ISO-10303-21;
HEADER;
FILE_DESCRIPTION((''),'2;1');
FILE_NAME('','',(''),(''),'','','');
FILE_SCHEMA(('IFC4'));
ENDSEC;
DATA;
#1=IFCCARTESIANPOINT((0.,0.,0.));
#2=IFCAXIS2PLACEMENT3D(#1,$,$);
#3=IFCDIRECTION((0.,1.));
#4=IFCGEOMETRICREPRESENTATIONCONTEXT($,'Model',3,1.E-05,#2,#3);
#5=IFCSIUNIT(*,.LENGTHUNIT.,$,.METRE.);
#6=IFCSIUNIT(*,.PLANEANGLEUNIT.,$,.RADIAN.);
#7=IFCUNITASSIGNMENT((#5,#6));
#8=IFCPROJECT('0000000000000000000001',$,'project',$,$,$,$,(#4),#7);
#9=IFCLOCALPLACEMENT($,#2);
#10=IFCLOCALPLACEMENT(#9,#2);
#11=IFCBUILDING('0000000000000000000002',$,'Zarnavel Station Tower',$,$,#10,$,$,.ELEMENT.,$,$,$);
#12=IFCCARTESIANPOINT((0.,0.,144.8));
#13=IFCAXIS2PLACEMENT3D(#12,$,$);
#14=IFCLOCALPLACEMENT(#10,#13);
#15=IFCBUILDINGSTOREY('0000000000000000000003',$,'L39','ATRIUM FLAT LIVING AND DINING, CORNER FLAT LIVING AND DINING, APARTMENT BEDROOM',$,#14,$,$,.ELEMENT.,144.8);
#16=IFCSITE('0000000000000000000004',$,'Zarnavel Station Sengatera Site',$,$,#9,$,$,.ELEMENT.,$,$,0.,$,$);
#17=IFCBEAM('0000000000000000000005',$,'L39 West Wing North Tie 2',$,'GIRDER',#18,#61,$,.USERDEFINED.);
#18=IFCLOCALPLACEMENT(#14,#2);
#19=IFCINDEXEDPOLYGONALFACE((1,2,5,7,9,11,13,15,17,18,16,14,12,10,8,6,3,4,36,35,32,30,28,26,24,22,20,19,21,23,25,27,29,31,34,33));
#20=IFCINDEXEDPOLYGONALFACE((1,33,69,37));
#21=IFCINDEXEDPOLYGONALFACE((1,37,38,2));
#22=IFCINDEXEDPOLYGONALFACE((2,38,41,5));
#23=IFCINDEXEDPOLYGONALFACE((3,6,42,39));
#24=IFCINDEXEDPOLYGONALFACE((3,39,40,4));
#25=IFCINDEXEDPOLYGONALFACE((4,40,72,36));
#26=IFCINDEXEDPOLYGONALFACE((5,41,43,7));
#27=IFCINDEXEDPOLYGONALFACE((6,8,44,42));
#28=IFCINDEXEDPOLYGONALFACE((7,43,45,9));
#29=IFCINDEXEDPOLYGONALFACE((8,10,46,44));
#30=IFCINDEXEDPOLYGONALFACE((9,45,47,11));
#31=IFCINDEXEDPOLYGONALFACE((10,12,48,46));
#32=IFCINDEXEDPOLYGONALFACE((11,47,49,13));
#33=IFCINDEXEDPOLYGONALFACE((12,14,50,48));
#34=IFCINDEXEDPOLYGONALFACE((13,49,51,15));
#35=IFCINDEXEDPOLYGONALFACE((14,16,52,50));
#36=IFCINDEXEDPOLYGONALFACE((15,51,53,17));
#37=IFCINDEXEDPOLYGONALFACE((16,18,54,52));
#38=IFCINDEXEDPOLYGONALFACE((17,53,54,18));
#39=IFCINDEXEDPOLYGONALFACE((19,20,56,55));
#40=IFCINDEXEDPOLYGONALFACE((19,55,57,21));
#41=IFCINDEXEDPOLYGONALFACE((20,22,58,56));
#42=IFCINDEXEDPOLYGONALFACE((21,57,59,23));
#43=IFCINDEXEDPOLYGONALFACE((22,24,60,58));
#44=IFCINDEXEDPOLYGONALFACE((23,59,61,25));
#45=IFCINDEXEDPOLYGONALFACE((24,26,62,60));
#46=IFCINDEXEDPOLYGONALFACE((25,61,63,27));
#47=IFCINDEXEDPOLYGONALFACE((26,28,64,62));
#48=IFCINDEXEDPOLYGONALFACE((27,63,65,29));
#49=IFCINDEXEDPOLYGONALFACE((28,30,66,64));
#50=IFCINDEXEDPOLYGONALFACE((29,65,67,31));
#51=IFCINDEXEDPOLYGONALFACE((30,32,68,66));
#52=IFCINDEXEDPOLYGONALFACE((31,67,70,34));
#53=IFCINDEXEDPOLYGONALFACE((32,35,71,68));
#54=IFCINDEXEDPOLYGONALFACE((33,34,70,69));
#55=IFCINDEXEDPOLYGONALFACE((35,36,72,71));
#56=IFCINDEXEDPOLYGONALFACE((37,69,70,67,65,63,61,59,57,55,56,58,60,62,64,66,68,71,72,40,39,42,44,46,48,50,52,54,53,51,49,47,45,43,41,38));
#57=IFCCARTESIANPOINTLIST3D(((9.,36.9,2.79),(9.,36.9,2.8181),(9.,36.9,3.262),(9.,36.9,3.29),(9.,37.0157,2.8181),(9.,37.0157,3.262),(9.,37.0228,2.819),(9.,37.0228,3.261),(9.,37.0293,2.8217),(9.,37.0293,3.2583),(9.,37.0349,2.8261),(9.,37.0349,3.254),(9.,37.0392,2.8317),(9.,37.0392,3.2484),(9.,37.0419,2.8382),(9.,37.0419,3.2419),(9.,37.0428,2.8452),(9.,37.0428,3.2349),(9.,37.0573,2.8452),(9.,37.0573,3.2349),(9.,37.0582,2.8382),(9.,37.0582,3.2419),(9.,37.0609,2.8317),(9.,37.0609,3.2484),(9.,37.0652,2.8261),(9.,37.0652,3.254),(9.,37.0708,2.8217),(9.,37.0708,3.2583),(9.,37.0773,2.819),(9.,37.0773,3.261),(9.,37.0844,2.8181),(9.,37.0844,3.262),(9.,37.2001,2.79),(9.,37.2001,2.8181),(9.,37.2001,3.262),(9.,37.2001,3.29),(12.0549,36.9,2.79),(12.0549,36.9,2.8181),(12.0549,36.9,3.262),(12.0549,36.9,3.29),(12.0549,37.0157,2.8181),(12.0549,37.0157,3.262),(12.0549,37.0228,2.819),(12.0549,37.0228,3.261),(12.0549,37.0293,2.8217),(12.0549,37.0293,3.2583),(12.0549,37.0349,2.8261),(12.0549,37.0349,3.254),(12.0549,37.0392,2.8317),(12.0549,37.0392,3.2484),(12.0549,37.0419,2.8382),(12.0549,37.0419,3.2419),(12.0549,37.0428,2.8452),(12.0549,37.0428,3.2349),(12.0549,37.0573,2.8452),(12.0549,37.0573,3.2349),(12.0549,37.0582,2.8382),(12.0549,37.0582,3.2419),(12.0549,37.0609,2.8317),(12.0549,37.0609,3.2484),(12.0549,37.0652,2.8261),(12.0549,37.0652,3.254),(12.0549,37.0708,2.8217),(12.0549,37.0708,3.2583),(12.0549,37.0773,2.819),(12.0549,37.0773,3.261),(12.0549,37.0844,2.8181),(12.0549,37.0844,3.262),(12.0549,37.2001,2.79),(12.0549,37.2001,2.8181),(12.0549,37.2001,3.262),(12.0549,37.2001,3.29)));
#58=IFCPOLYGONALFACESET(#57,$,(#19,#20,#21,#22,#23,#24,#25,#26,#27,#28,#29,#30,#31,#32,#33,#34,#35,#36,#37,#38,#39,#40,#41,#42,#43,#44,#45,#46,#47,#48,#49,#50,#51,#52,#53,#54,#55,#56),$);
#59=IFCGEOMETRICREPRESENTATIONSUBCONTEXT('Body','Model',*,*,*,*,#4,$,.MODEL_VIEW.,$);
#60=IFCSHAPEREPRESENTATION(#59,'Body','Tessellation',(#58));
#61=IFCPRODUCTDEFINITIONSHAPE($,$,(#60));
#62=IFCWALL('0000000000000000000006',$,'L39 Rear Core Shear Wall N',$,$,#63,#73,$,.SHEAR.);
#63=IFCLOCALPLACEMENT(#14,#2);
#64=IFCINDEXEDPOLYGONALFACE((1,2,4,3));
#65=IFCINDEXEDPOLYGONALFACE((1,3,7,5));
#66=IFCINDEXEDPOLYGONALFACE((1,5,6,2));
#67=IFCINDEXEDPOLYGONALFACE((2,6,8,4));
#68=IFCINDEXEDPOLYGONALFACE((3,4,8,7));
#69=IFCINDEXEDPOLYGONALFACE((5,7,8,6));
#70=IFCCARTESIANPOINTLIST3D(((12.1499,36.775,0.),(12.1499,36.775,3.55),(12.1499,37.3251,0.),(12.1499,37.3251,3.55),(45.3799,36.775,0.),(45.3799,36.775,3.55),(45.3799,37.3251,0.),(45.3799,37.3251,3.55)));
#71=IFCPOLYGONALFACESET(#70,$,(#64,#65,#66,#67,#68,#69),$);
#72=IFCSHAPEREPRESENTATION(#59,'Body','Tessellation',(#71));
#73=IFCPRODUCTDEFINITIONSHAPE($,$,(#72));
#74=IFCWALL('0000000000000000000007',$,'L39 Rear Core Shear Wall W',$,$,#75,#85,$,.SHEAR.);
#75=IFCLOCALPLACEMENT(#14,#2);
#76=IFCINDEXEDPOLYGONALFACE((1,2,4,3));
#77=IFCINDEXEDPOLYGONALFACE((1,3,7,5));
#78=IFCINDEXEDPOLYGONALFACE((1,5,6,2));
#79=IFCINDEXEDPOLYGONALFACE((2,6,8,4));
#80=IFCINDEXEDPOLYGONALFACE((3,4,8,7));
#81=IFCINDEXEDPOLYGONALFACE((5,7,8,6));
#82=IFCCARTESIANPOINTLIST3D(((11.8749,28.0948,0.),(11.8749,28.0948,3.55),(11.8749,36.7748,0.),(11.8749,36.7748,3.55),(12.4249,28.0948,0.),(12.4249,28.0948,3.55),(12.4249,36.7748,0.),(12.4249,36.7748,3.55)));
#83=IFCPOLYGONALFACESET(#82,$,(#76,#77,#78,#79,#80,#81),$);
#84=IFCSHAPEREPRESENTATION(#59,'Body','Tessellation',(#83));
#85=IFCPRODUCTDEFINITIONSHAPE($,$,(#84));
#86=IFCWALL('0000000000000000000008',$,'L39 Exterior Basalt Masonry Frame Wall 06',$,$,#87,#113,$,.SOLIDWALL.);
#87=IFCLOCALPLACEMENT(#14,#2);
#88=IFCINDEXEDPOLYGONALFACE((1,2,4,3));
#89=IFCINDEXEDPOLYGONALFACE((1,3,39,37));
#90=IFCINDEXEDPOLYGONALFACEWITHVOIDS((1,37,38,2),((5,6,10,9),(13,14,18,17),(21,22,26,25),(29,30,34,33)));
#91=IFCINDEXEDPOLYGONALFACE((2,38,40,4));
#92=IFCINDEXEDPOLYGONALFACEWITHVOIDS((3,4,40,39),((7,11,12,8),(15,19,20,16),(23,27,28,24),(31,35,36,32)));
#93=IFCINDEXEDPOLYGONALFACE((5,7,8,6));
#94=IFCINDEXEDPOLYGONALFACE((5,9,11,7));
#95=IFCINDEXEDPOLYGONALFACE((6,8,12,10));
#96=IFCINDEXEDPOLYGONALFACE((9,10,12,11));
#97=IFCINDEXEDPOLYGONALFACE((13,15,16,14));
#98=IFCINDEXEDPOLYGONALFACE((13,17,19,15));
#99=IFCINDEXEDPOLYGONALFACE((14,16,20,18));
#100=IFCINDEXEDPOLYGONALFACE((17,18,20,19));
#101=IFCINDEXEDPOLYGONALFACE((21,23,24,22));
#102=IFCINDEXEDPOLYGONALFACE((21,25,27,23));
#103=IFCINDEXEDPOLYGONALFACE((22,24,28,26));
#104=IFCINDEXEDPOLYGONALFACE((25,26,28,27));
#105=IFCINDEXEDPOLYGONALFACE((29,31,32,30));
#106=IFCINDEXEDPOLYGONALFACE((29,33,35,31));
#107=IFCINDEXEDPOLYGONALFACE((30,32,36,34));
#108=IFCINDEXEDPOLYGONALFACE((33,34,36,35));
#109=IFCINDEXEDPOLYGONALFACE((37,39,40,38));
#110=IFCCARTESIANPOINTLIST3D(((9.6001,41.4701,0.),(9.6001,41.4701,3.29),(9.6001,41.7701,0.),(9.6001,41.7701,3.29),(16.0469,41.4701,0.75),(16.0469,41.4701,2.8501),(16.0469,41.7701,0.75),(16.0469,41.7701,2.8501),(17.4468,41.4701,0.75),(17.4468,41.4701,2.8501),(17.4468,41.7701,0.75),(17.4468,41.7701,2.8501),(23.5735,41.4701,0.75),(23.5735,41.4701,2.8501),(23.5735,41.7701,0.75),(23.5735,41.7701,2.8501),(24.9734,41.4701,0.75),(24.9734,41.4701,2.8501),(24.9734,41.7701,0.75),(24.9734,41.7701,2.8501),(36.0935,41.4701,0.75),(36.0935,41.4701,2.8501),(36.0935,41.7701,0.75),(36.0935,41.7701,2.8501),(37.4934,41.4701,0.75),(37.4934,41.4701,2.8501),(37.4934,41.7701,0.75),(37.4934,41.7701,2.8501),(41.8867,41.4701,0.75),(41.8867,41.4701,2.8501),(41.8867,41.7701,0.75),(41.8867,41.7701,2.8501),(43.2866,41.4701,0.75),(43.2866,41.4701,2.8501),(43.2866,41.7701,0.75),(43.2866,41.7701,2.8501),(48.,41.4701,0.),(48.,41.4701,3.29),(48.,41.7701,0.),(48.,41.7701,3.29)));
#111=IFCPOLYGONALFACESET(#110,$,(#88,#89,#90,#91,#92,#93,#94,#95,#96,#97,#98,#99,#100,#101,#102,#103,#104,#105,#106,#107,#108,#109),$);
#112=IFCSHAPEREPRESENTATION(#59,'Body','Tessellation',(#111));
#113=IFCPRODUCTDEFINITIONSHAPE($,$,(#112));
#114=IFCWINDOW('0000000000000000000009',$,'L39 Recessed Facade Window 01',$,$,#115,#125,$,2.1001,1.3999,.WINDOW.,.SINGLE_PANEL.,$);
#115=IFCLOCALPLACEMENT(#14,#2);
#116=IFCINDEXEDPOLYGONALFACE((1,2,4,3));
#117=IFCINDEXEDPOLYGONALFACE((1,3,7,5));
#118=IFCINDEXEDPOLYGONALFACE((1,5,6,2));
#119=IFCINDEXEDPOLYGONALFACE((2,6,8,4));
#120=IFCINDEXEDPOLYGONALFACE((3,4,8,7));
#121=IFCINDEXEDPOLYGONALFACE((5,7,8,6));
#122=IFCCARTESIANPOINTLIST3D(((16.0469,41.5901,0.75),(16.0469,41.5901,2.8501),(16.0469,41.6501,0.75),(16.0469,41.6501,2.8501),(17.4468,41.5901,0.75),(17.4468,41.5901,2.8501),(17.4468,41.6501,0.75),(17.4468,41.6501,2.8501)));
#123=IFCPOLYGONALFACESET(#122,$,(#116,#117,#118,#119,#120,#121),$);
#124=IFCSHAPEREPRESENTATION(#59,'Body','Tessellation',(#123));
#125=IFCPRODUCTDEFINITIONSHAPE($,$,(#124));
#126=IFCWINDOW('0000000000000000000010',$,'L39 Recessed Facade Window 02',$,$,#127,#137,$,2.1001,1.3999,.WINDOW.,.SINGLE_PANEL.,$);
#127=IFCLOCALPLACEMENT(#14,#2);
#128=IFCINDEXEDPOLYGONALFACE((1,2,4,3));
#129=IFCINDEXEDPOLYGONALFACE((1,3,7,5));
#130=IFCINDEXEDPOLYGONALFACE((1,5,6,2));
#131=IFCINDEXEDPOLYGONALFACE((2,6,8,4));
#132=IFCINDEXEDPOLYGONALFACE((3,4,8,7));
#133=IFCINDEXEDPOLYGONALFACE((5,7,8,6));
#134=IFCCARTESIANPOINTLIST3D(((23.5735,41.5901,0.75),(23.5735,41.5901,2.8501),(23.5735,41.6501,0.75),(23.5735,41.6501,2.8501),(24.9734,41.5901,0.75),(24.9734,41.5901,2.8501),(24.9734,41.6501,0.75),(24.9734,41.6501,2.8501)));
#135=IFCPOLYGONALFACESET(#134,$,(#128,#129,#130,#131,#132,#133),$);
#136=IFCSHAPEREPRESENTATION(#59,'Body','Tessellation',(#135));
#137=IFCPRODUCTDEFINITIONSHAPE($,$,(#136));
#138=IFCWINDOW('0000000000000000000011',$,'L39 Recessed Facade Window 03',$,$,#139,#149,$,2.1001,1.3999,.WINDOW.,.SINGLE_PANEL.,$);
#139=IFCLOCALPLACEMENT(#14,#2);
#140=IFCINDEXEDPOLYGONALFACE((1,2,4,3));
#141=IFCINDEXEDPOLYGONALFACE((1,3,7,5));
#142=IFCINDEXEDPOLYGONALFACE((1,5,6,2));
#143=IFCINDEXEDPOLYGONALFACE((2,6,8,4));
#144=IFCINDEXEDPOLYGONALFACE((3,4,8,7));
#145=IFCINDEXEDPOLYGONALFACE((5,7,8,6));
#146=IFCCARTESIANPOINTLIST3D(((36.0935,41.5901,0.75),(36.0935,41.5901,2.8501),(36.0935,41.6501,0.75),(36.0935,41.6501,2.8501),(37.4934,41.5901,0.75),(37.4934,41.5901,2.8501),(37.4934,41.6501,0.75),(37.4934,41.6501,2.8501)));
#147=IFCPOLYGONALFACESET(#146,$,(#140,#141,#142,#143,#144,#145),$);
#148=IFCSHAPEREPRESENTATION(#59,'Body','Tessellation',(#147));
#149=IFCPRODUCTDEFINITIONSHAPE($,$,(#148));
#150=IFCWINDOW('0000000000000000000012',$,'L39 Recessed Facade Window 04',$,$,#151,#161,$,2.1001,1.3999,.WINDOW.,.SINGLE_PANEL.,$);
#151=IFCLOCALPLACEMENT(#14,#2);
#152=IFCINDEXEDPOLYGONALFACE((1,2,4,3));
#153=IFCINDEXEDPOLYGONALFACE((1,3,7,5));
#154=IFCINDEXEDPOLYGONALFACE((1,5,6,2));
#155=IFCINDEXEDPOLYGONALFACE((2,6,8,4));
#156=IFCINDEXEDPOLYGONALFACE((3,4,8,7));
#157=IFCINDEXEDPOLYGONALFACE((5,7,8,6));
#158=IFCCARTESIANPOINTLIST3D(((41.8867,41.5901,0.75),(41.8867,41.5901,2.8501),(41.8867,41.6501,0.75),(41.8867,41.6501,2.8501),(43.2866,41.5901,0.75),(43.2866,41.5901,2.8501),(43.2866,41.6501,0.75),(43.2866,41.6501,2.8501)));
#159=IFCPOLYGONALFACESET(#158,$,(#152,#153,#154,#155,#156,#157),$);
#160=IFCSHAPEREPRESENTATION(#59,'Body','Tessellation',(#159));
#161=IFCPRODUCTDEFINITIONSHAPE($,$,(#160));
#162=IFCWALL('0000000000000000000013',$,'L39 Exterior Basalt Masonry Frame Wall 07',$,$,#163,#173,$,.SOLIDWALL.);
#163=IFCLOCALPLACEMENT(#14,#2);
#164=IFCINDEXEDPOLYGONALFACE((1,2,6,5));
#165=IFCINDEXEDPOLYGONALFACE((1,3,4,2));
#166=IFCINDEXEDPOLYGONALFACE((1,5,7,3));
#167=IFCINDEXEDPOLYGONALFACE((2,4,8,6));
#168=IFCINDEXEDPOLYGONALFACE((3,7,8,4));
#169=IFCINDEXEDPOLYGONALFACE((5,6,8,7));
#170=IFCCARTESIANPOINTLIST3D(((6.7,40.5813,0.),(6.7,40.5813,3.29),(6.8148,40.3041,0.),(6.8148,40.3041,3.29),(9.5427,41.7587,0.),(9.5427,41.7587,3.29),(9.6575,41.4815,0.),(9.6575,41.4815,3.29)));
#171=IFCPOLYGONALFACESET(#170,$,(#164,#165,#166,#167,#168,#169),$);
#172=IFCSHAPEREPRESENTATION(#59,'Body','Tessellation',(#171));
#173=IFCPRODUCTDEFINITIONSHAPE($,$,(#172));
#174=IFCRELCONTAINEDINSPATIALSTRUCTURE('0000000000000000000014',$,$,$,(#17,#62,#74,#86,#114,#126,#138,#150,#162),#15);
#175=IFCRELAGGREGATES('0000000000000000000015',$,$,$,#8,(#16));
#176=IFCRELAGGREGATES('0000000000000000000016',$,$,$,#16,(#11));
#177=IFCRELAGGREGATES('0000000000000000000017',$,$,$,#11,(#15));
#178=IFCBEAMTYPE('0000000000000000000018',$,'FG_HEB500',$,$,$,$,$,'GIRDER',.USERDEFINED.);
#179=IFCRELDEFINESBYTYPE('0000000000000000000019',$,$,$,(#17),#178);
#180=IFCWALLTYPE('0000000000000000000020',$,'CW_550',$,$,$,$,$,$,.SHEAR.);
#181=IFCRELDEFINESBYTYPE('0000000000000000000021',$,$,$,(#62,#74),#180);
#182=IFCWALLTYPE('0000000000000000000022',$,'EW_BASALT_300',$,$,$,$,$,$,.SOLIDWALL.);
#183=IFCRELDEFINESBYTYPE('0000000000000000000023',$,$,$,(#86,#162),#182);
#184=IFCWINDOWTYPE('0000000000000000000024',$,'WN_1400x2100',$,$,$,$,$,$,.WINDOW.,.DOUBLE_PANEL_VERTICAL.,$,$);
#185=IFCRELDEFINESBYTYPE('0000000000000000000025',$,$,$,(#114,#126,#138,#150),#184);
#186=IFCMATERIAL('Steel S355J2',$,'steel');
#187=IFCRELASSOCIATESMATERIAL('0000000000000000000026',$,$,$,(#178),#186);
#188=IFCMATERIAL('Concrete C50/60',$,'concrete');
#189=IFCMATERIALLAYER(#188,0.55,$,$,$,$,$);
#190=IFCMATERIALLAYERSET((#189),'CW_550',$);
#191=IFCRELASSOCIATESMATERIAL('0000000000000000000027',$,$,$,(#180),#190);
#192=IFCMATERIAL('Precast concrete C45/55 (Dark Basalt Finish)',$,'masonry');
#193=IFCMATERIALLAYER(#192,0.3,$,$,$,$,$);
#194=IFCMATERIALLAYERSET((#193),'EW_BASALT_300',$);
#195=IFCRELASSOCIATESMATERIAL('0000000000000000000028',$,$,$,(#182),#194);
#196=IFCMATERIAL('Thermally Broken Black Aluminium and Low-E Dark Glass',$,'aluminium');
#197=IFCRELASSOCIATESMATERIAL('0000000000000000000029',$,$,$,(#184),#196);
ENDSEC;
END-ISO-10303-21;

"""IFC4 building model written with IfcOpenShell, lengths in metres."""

from ifc_helpers import new_model, si_unit, direction, frame, frame_2d, origin, origin_2d, place, context, subcontext, project, spatial, rectangle, i_section, extrude, material, layer, layer_set, material_profile, profile_set, type_object, element, fill, save


model = new_model("IFC4")

# Units and contexts
model_context = context("Model", 3, precision=1e-05, world=origin(), true_north=direction((0.0, 1.0)))
body_context = subcontext(model_context, "Body", "Model", "MODEL_VIEW")
ifc_project = project(units=[si_unit("LENGTHUNIT", "METRE"), si_unit("PLANEANGLEUNIT", "RADIAN")], contexts=[model_context])

# Site, building, storey
site_placement = place(None, origin())
site = spatial("IfcSite", under=ifc_project, at=site_placement, Name="Zarnavel Station Sengatera Site", CompositionType="ELEMENT", RefElevation=0.0)
building_placement = place(site_placement, origin())
building = spatial("IfcBuilding", under=site, at=building_placement, Name="Zarnavel Station Tower", CompositionType="ELEMENT")
storey_placement = place(building_placement, frame((0.0, 0.0, 144.8)))
storey = spatial("IfcBuildingStorey", under=building, at=storey_placement, Name="L39", Description="ATRIUM FLAT LIVING AND DINING, CORNER FLAT LIVING AND DINING, APARTMENT BEDROOM", CompositionType="ELEMENT", Elevation=144.8)

# Beam
ifc_material_1 = material(Name="Steel S355J2", Category="steel")
ifc_material_profile_1 = material_profile(ifc_material_1, i_section(OverallWidth=0.3, OverallDepth=0.5, WebThickness=0.0144, FlangeThickness=0.0281, FilletRadius=0.0271, at=origin_2d()), Name="HEB500")
ifc_profile_set_1 = profile_set([ifc_material_profile_1], Name="Steel S355J2")
beam_type = type_object("IfcBeamType", Name="FG_HEB500", ElementType="GIRDER", PredefinedType="USERDEFINED", material=ifc_profile_set_1)
beam_1_placement = place(storey_placement, frame((9.0, 37.05, 3.04), z_axis=(1.0, 0.0, 0.0), x_axis=(0.0, 1.0, 0.0)))
element("IfcBeam", 1, at=beam_1_placement, inside=storey, type_object=beam_type, Name="L39 West Wing North Tie 2", ObjectType="GIRDER", PredefinedType="USERDEFINED", context=body_context, shape_type="SweptSolid", body=[
    extrude(i_section(OverallWidth=0.3, OverallDepth=0.5, WebThickness=0.0144, FlangeThickness=0.0281, FilletRadius=0.0271, at=origin_2d()), origin(), (0.0, 0.0, 1.0), 3.0549),
])

# Walls
ifc_material_2 = material(Name="Concrete C50/60", Category="concrete")
ifc_layer_1 = layer(ifc_material_2, 0.55)
ifc_layer_set_1 = layer_set([ifc_layer_1], Name="CW_550")
wall_type_1 = type_object("IfcWallType", Name="CW_550", PredefinedType="SHEAR", material=ifc_layer_set_1)
wall_1_placement = place(storey_placement, frame((12.1499, 37.05, 0.0), z_axis=(0.0, 0.0, 1.0), x_axis=(1.0, 0.0, 0.0)))
element("IfcWall", 2, at=wall_1_placement, inside=storey, type_object=wall_type_1, Name="L39 Rear Core Shear Wall N", PredefinedType="SHEAR", context=body_context, shape_type="SweptSolid", body=[
    extrude(rectangle(XDim=33.23, YDim=0.55, at=frame_2d((16.615, 0.0))), origin(), (0.0, 0.0, 1.0), 3.55),
])
wall_2_placement = place(storey_placement, frame((12.1499, 28.095, 0.0), z_axis=(0.0, 0.0, 1.0), x_axis=(0.0, 1.0, 0.0)))
element("IfcWall", 3, at=wall_2_placement, inside=storey, type_object=wall_type_1, Name="L39 Rear Core Shear Wall W", PredefinedType="SHEAR", context=body_context, shape_type="SweptSolid", body=[
    extrude(rectangle(XDim=8.6799, YDim=0.55, at=frame_2d((4.3398, 0.0))), origin(), (0.0, 0.0, 1.0), 3.55),
])

# Wall, openings, windows
ifc_material_3 = material(Name="Precast concrete C45/55 (Dark Basalt Finish)", Category="masonry")
ifc_layer_2 = layer(ifc_material_3, 0.3)
ifc_layer_set_2 = layer_set([ifc_layer_2], Name="EW_BASALT_300")
wall_type_2 = type_object("IfcWallType", Name="EW_BASALT_300", PredefinedType="SOLIDWALL", material=ifc_layer_set_2)
wall_3_placement = place(storey_placement, frame((9.6001, 41.6201, 0.0), z_axis=(0.0, 0.0, 1.0), x_axis=(1.0, 0.0, 0.0)))
wall_3 = element("IfcWall", 4, at=wall_3_placement, inside=storey, type_object=wall_type_2, Name="L39 Exterior Basalt Masonry Frame Wall 06", PredefinedType="SOLIDWALL", context=body_context, shape_type="SweptSolid", body=[
    extrude(rectangle(XDim=38.3999, YDim=0.3, at=frame_2d((19.2, 0.0))), origin(), (0.0, 0.0, 1.0), 3.29),
])
opening_1_placement = place(wall_3_placement, frame((6.4468, 0.0, 0.75)))
opening_1 = element("IfcOpeningElement", 5, at=opening_1_placement, cuts=wall_3, PredefinedType="OPENING", context=body_context, shape_type="SweptSolid", body=[
    extrude(rectangle(XDim=1.3999, YDim=2.1001, at=frame_2d((0.7, 1.05))), frame((0.0, 0.1599, 0.0), z_axis=(0.0, -1.0, 0.0), x_axis=(1.0, 0.0, 0.0)), (0.0, 0.0, 1.0), 0.3201),
])
opening_2_placement = place(wall_3_placement, frame((13.9734, 0.0, 0.75)))
opening_2 = element("IfcOpeningElement", 6, at=opening_2_placement, cuts=wall_3, PredefinedType="OPENING", context=body_context, shape_type="SweptSolid", body=[
    extrude(rectangle(XDim=1.3999, YDim=2.1001, at=frame_2d((0.7, 1.05))), frame((0.0, 0.1599, 0.0), z_axis=(0.0, -1.0, 0.0), x_axis=(1.0, 0.0, 0.0)), (0.0, 0.0, 1.0), 0.3201),
])
opening_3_placement = place(wall_3_placement, frame((26.4934, 0.0, 0.75)))
opening_3 = element("IfcOpeningElement", 7, at=opening_3_placement, cuts=wall_3, PredefinedType="OPENING", context=body_context, shape_type="SweptSolid", body=[
    extrude(rectangle(XDim=1.3999, YDim=2.1001, at=frame_2d((0.7, 1.05))), frame((0.0, 0.1599, 0.0), z_axis=(0.0, -1.0, 0.0), x_axis=(1.0, 0.0, 0.0)), (0.0, 0.0, 1.0), 0.3201),
])
opening_4_placement = place(wall_3_placement, frame((32.2866, 0.0, 0.75)))
opening_4 = element("IfcOpeningElement", 8, at=opening_4_placement, cuts=wall_3, PredefinedType="OPENING", context=body_context, shape_type="SweptSolid", body=[
    extrude(rectangle(XDim=1.3999, YDim=2.1001, at=frame_2d((0.7, 1.05))), frame((0.0, 0.1599, 0.0), z_axis=(0.0, -1.0, 0.0), x_axis=(1.0, 0.0, 0.0)), (0.0, 0.0, 1.0), 0.3201),
])
ifc_material_4 = material(Name="Thermally Broken Black Aluminium and Low-E Dark Glass", Category="aluminium")
window_type = type_object("IfcWindowType", Name="WN_1400x2100", PartitioningType="DOUBLE_PANEL_VERTICAL", PredefinedType="WINDOW", material=ifc_material_4)
window_1_placement = place(opening_1_placement, origin())
window_1 = element("IfcWindow", 9, at=window_1_placement, inside=storey, type_object=window_type, Name="L39 Recessed Facade Window 01", OverallHeight=2.1001, OverallWidth=1.3999, PartitioningType="SINGLE_PANEL", PredefinedType="WINDOW", context=body_context, shape_type="SweptSolid", body=[
    extrude(rectangle(XDim=1.3999, YDim=2.1001, at=frame_2d((0.7, 1.05))), frame((0.0, 0.03, 0.0), z_axis=(0.0, -1.0, 0.0), x_axis=(1.0, 0.0, 0.0)), (0.0, 0.0, 1.0), 0.0601),
])
fill(opening_1, window_1)
window_2_placement = place(opening_2_placement, origin())
window_2 = element("IfcWindow", 10, at=window_2_placement, inside=storey, type_object=window_type, Name="L39 Recessed Facade Window 02", OverallHeight=2.1001, OverallWidth=1.3999, PartitioningType="SINGLE_PANEL", PredefinedType="WINDOW", context=body_context, shape_type="SweptSolid", body=[
    extrude(rectangle(XDim=1.3999, YDim=2.1001, at=frame_2d((0.7, 1.05))), frame((0.0, 0.03, 0.0), z_axis=(0.0, -1.0, 0.0), x_axis=(1.0, 0.0, 0.0)), (0.0, 0.0, 1.0), 0.0601),
])
fill(opening_2, window_2)
window_3_placement = place(opening_3_placement, origin())
window_3 = element("IfcWindow", 11, at=window_3_placement, inside=storey, type_object=window_type, Name="L39 Recessed Facade Window 03", OverallHeight=2.1001, OverallWidth=1.3999, PartitioningType="SINGLE_PANEL", PredefinedType="WINDOW", context=body_context, shape_type="SweptSolid", body=[
    extrude(rectangle(XDim=1.3999, YDim=2.1001, at=frame_2d((0.7, 1.05))), frame((0.0, 0.03, 0.0), z_axis=(0.0, -1.0, 0.0), x_axis=(1.0, 0.0, 0.0)), (0.0, 0.0, 1.0), 0.0601),
])
fill(opening_3, window_3)
window_4_placement = place(opening_4_placement, origin())
window_4 = element("IfcWindow", 12, at=window_4_placement, inside=storey, type_object=window_type, Name="L39 Recessed Facade Window 04", OverallHeight=2.1001, OverallWidth=1.3999, PartitioningType="SINGLE_PANEL", PredefinedType="WINDOW", context=body_context, shape_type="SweptSolid", body=[
    extrude(rectangle(XDim=1.3999, YDim=2.1001, at=frame_2d((0.7, 1.05))), frame((0.0, 0.03, 0.0), z_axis=(0.0, -1.0, 0.0), x_axis=(1.0, 0.0, 0.0)), (0.0, 0.0, 1.0), 0.0601),
])
fill(opening_4, window_4)

# Wall
wall_4_placement = place(storey_placement, frame((6.7573, 40.4426, 0.0), z_axis=(0.0, 0.0, 1.0), x_axis=(0.923882, 0.382676, 0.0)))
element("IfcWall", 13, at=wall_4_placement, inside=storey, type_object=wall_type_2, Name="L39 Exterior Basalt Masonry Frame Wall 07", PredefinedType="SOLIDWALL", context=body_context, shape_type="SweptSolid", body=[
    extrude(rectangle(XDim=3.0769, YDim=0.3, at=frame_2d((1.5386, 0.0))), origin(), (0.0, 0.0, 1.0), 3.29),
])

save(model, "model.ifc")
